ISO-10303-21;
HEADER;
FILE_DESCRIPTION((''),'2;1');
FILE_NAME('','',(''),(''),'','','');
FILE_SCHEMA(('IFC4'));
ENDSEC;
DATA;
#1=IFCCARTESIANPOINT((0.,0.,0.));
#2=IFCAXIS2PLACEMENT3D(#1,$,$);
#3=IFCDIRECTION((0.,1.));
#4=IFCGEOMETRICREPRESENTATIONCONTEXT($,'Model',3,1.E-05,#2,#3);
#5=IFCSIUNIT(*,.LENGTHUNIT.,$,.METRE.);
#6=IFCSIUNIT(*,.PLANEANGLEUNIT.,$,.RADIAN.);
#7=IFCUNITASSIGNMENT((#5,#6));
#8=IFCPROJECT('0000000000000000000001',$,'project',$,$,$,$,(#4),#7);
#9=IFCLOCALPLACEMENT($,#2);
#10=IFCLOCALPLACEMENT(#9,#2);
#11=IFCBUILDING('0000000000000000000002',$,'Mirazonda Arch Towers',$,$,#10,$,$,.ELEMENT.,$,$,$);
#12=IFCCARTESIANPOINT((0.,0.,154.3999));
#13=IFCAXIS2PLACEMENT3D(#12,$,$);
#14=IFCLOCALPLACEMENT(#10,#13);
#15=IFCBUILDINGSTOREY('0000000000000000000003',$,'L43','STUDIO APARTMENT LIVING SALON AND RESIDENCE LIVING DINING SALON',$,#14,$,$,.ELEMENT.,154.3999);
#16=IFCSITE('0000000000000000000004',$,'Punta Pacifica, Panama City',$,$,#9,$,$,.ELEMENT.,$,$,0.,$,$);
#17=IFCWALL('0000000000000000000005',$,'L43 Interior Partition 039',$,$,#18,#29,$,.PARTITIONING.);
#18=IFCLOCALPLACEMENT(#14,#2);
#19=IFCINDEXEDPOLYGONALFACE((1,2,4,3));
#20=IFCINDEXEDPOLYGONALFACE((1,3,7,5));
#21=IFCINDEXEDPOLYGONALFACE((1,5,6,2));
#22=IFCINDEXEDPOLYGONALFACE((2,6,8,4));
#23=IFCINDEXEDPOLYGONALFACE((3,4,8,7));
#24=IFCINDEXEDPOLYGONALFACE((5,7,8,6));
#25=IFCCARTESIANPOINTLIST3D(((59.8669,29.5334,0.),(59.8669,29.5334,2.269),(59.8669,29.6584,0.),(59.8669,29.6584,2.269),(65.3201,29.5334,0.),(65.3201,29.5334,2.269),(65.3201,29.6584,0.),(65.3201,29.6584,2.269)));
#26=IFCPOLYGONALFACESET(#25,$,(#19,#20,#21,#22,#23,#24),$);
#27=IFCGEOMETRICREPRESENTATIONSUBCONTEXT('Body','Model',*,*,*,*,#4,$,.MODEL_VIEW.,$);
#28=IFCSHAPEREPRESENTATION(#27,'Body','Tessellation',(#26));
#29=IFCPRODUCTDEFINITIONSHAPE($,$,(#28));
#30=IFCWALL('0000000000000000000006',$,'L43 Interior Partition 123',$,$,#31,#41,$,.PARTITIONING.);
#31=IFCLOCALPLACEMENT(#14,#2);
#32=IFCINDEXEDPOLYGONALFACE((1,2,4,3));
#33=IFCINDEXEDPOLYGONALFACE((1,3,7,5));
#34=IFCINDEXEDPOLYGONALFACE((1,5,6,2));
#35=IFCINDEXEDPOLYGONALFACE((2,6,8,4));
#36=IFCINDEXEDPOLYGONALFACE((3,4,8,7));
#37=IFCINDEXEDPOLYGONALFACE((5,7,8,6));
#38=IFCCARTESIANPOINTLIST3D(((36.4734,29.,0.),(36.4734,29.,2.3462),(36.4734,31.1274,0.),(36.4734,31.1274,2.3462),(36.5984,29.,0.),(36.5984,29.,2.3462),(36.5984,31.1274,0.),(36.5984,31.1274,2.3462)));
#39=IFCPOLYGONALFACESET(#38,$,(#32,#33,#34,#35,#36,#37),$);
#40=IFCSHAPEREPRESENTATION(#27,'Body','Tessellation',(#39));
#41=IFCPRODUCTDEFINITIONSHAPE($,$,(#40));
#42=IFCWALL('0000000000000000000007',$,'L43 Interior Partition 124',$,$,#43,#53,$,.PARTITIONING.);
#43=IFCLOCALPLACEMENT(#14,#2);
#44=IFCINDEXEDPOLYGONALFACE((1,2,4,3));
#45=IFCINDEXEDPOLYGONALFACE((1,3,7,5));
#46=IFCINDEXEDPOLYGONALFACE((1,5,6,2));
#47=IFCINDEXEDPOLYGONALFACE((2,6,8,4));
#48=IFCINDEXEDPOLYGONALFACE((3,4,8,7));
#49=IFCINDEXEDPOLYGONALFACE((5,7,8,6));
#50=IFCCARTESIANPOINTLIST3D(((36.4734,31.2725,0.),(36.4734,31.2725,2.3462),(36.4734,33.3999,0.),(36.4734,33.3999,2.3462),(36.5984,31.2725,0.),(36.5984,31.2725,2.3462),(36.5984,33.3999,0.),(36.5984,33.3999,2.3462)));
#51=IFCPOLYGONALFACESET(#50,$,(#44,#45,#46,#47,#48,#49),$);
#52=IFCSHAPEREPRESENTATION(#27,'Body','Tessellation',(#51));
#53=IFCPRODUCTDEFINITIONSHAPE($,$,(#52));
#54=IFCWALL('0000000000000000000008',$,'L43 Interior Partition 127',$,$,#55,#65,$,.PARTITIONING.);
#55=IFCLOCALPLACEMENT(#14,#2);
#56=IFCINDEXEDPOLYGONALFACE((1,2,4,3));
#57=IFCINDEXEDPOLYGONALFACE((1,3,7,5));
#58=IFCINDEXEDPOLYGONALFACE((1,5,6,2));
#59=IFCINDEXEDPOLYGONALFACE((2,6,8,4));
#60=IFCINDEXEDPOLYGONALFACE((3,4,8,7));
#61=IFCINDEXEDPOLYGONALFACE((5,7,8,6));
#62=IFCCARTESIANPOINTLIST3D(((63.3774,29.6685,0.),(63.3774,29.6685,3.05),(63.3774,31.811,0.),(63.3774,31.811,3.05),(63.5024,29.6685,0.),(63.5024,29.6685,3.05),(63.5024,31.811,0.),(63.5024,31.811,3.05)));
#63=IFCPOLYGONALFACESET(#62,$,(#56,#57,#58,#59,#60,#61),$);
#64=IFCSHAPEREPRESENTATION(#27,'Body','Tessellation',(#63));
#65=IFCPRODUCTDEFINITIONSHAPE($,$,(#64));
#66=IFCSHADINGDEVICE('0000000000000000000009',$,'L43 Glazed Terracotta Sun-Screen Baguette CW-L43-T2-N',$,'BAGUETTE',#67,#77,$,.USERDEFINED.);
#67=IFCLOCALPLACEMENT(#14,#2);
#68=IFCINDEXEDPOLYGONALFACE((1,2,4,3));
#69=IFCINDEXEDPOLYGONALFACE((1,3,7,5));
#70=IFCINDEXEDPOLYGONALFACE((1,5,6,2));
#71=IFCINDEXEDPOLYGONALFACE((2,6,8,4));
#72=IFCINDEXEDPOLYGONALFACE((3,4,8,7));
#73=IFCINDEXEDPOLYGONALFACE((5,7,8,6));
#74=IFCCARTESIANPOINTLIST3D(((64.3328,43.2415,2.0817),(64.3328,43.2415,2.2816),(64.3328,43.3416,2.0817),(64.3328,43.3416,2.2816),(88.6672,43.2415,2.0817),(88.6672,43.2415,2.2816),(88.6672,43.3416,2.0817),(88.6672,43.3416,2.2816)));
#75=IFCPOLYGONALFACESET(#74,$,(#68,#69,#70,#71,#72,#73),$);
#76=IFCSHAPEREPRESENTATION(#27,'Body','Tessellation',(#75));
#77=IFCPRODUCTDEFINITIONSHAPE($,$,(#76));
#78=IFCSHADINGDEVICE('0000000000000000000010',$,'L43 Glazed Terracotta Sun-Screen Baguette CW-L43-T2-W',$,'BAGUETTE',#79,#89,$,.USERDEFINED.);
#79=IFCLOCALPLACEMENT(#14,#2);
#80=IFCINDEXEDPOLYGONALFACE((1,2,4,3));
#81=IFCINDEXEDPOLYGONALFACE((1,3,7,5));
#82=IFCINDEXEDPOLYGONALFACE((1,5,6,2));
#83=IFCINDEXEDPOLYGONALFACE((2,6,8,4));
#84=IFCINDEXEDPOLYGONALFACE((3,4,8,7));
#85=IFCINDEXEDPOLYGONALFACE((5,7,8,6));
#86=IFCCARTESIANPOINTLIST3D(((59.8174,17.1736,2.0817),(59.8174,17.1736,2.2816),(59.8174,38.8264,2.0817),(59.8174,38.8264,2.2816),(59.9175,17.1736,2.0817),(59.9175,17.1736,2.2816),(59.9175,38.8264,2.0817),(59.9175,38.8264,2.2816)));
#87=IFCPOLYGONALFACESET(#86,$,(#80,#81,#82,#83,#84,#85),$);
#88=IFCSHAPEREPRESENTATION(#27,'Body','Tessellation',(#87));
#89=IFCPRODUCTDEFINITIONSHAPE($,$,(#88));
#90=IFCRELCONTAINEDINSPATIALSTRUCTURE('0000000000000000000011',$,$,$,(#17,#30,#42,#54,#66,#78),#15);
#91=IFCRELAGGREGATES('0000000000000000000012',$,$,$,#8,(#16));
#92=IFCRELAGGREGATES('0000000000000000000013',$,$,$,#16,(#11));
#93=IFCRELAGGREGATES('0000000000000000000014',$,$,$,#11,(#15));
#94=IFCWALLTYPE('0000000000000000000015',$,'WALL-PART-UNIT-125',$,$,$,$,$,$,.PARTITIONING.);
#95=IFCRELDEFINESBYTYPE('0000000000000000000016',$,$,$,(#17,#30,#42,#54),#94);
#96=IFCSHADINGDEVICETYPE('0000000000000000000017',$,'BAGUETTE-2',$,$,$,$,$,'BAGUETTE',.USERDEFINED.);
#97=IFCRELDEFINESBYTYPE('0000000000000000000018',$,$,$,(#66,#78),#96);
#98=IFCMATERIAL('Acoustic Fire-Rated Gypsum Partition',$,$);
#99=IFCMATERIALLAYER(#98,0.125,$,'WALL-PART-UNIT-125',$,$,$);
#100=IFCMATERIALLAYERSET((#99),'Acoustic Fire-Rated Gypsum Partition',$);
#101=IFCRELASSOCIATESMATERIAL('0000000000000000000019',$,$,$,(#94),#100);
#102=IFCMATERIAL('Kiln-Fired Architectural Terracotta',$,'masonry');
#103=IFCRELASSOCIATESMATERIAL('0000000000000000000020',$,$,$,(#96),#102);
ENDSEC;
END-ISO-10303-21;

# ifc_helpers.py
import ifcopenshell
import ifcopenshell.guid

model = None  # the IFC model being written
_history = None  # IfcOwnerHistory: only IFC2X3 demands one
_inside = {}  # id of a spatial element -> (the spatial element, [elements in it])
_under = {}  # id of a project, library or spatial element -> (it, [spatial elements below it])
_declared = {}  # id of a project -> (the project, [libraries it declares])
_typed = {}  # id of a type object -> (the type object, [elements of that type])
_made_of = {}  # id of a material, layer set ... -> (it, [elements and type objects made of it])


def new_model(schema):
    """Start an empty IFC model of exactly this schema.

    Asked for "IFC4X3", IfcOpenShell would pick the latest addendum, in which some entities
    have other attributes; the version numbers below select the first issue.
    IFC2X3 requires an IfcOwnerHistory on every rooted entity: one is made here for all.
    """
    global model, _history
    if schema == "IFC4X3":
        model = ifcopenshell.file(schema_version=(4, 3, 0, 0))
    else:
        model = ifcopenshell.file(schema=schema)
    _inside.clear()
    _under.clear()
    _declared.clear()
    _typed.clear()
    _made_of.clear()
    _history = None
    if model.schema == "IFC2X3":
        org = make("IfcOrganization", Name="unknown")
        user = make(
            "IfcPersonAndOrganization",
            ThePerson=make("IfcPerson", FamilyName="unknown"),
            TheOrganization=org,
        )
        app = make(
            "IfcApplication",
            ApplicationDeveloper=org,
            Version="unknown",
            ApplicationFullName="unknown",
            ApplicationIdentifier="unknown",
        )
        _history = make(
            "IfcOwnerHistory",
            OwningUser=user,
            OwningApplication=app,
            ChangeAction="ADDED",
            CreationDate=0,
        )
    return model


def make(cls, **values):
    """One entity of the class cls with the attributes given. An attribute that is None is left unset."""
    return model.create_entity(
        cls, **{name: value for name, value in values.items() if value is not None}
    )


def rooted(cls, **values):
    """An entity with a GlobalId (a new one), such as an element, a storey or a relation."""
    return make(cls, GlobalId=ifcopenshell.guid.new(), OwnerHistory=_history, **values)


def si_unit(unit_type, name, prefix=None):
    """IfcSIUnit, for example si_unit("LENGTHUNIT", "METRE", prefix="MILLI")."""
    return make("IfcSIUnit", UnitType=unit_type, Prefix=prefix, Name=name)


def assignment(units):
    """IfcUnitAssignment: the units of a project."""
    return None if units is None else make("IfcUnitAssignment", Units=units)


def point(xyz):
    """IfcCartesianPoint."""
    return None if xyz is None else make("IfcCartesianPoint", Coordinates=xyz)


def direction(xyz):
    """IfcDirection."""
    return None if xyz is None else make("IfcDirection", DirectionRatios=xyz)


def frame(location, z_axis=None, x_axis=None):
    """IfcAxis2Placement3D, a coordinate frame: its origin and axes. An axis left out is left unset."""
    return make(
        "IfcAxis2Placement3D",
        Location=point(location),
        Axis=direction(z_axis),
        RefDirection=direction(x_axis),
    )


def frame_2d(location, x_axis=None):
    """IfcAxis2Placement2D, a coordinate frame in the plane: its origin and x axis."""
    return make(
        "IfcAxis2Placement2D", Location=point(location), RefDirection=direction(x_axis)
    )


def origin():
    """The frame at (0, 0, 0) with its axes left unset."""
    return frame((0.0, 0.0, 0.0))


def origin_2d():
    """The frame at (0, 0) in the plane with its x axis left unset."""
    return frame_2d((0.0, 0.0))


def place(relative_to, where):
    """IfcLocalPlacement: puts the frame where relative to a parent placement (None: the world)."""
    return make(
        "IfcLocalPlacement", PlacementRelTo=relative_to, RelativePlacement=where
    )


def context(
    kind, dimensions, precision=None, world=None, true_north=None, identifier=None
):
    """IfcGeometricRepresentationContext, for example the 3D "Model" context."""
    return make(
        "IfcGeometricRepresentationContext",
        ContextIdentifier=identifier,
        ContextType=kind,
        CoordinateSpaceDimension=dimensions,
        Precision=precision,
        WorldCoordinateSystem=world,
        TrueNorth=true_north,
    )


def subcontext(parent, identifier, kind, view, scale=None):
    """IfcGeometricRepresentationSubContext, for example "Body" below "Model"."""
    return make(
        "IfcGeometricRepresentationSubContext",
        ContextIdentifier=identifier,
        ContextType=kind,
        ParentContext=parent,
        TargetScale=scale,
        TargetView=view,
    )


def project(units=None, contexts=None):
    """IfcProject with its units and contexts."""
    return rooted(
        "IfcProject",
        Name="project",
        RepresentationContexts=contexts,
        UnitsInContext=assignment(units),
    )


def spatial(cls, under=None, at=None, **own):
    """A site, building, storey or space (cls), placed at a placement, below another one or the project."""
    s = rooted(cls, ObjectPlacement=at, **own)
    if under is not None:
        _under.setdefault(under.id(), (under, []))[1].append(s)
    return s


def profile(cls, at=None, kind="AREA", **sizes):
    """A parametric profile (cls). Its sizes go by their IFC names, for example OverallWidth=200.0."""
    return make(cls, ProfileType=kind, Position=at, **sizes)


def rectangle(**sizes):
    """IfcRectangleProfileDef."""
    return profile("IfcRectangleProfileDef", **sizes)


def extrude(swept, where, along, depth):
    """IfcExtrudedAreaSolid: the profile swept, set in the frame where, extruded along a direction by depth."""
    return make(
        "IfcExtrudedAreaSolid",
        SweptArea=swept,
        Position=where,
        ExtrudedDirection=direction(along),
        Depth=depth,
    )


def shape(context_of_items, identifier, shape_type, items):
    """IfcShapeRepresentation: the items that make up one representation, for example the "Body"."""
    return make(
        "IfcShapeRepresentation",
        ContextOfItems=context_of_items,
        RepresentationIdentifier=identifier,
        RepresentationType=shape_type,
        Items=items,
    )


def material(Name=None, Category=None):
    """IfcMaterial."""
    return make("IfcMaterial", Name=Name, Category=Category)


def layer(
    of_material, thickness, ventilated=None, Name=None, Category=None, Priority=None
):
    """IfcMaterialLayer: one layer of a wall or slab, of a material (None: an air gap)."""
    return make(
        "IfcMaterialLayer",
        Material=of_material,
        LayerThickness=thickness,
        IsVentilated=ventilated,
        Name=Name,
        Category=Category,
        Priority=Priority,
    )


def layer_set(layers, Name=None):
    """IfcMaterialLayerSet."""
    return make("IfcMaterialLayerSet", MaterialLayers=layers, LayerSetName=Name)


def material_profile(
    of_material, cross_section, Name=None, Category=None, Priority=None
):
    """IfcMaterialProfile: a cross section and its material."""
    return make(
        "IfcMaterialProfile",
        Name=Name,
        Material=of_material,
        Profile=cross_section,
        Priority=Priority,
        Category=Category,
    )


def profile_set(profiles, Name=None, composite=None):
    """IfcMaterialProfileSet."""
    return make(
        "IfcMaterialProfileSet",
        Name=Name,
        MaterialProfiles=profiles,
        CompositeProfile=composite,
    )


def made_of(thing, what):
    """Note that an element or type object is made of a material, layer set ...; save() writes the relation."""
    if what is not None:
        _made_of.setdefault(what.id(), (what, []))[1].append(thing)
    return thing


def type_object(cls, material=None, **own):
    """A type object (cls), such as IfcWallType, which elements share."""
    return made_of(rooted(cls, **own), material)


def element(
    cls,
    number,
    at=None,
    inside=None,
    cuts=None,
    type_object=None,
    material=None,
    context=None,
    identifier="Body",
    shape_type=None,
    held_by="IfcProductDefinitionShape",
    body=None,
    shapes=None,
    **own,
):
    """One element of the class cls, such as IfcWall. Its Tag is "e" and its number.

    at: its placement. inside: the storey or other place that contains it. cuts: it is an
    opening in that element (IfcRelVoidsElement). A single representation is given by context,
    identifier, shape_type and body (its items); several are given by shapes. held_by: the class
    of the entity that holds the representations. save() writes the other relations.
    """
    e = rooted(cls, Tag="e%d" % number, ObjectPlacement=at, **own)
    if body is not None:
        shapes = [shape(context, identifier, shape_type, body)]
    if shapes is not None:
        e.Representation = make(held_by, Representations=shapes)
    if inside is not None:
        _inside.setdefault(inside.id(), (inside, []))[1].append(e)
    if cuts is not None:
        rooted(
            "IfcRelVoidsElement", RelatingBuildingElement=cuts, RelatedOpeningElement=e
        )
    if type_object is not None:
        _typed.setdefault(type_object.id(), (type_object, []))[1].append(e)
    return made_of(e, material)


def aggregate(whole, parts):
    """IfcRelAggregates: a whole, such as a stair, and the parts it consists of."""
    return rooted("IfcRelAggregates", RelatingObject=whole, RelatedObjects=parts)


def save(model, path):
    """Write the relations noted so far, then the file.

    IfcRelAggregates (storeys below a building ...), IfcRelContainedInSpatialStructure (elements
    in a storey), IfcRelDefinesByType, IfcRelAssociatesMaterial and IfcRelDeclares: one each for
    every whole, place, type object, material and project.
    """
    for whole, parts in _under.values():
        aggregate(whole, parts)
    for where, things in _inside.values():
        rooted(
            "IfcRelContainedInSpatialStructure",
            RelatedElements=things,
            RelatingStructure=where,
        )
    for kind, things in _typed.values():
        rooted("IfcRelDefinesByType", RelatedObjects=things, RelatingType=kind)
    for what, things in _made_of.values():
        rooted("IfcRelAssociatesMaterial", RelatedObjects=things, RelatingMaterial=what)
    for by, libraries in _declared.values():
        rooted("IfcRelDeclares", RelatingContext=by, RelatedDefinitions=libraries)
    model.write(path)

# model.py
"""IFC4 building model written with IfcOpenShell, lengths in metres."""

from ifc_helpers import new_model, si_unit, direction, frame, frame_2d, origin, origin_2d, place, context, subcontext, project, spatial, rectangle, extrude, material, layer, layer_set, material_profile, profile_set, type_object, element, save


model = new_model("IFC4")

# Units and contexts
model_context = context("Model", 3, precision=1e-05, world=origin(), true_north=direction((0.0, 1.0)))
body_context = subcontext(model_context, "Body", "Model", "MODEL_VIEW")
ifc_project = project(units=[si_unit("LENGTHUNIT", "METRE"), si_unit("PLANEANGLEUNIT", "RADIAN")], contexts=[model_context])

# Site, building, storey
site_placement = place(None, origin())
site = spatial("IfcSite", under=ifc_project, at=site_placement, Name="Punta Pacifica, Panama City", CompositionType="ELEMENT", RefElevation=0.0)
building_placement = place(site_placement, origin())
building = spatial("IfcBuilding", under=site, at=building_placement, Name="Mirazonda Arch Towers", CompositionType="ELEMENT")
storey_placement = place(building_placement, frame((0.0, 0.0, 154.3999)))
storey = spatial("IfcBuildingStorey", under=building, at=storey_placement, Name="L43", Description="STUDIO APARTMENT LIVING SALON AND RESIDENCE LIVING DINING SALON", CompositionType="ELEMENT", Elevation=154.3999)

# Walls
ifc_material_1 = material(Name="Acoustic Fire-Rated Gypsum Partition")
ifc_layer_1 = layer(ifc_material_1, 0.125, Name="WALL-PART-UNIT-125")
ifc_layer_set_1 = layer_set([ifc_layer_1], Name="Acoustic Fire-Rated Gypsum Partition")
wall_type_1 = type_object("IfcWallType", Name="WALL-PART-UNIT-125", PredefinedType="PARTITIONING", material=ifc_layer_set_1)
wall_1_placement = place(storey_placement, frame((59.8669, 29.5959, 0.0), z_axis=(0.0, 0.0, 1.0), x_axis=(1.0, 0.0, 0.0)))
element("IfcWall", 1, at=wall_1_placement, inside=storey, type_object=wall_type_1, Name="L43 Interior Partition 039", PredefinedType="PARTITIONING", context=body_context, shape_type="SweptSolid", body=[
    extrude(rectangle(XDim=5.4531, YDim=0.125, at=frame_2d((2.7266, 0.0))), origin(), (0.0, 0.0, 1.0), 2.269),
])
for number, where, z_axis, x_axis, name in (
    (2, (36.5359, 29.0, 0.0), (0.0, 0.0, 1.0), (0.0, 1.0, 0.0), "L43 Interior Partition 123"),
    (3, (36.5359, 31.2725, 0.0), (0.0, 0.0, 1.0), (0.0, 1.0, 0.0), "L43 Interior Partition 124"),
):
    element("IfcWall", number, at=place(storey_placement, frame(where, z_axis=z_axis, x_axis=x_axis)), inside=storey, type_object=wall_type_1, Name=name, PredefinedType="PARTITIONING", context=body_context, shape_type="SweptSolid", body=[
        extrude(rectangle(XDim=2.1274, YDim=0.125, at=frame_2d((1.0637, 0.0))), origin(), (0.0, 0.0, 1.0), 2.3462),
    ])
wall_2_placement = place(storey_placement, frame((63.4399, 29.6685, 0.0), z_axis=(0.0, 0.0, 1.0), x_axis=(0.0, 1.0, 0.0)))
element("IfcWall", 4, at=wall_2_placement, inside=storey, type_object=wall_type_1, Name="L43 Interior Partition 127", PredefinedType="PARTITIONING", context=body_context, shape_type="SweptSolid", body=[
    extrude(rectangle(XDim=2.1426, YDim=0.125, at=frame_2d((1.0713, 0.0))), origin(), (0.0, 0.0, 1.0), 3.05),
])

# Shading devices
ifc_material_2 = material(Name="Kiln-Fired Architectural Terracotta", Category="masonry")
ifc_material_profile_1 = material_profile(ifc_material_2, rectangle(XDim=0.1001, YDim=0.2, at=origin_2d()), Name="TERRA-BAG-100x200")
ifc_profile_set_1 = profile_set([ifc_material_profile_1], Name="Kiln-Fired Architectural Terracotta")
shading_device_type = type_object("IfcShadingDeviceType", Name="BAGUETTE-2", ElementType="BAGUETTE", PredefinedType="USERDEFINED", material=ifc_profile_set_1)
shading_device_1_placement = place(storey_placement, frame((64.3328, 43.2915, 2.1816), z_axis=(1.0, 0.0, 0.0), x_axis=(0.0, 1.0, 0.0)))
element("IfcShadingDevice", 5, at=shading_device_1_placement, inside=storey, type_object=shading_device_type, Name="L43 Glazed Terracotta Sun-Screen Baguette CW-L43-T2-N", ObjectType="BAGUETTE", PredefinedType="USERDEFINED", context=body_context, shape_type="SweptSolid", body=[
    extrude(rectangle(XDim=0.1001, YDim=0.2, at=origin_2d()), origin(), (0.0, 0.0, 1.0), 24.3345),
])
shading_device_2_placement = place(storey_placement, frame((59.8674, 38.8264, 2.1816), z_axis=(0.0, -1.0, 0.0), x_axis=(1.0, 0.0, 0.0)))
element("IfcShadingDevice", 6, at=shading_device_2_placement, inside=storey, type_object=shading_device_type, Name="L43 Glazed Terracotta Sun-Screen Baguette CW-L43-T2-W", ObjectType="BAGUETTE", PredefinedType="USERDEFINED", context=body_context, shape_type="SweptSolid", body=[
    extrude(rectangle(XDim=0.1001, YDim=0.2, at=origin_2d()), origin(), (0.0, 0.0, 1.0), 21.6528),
])

save(model, "model.ifc")
